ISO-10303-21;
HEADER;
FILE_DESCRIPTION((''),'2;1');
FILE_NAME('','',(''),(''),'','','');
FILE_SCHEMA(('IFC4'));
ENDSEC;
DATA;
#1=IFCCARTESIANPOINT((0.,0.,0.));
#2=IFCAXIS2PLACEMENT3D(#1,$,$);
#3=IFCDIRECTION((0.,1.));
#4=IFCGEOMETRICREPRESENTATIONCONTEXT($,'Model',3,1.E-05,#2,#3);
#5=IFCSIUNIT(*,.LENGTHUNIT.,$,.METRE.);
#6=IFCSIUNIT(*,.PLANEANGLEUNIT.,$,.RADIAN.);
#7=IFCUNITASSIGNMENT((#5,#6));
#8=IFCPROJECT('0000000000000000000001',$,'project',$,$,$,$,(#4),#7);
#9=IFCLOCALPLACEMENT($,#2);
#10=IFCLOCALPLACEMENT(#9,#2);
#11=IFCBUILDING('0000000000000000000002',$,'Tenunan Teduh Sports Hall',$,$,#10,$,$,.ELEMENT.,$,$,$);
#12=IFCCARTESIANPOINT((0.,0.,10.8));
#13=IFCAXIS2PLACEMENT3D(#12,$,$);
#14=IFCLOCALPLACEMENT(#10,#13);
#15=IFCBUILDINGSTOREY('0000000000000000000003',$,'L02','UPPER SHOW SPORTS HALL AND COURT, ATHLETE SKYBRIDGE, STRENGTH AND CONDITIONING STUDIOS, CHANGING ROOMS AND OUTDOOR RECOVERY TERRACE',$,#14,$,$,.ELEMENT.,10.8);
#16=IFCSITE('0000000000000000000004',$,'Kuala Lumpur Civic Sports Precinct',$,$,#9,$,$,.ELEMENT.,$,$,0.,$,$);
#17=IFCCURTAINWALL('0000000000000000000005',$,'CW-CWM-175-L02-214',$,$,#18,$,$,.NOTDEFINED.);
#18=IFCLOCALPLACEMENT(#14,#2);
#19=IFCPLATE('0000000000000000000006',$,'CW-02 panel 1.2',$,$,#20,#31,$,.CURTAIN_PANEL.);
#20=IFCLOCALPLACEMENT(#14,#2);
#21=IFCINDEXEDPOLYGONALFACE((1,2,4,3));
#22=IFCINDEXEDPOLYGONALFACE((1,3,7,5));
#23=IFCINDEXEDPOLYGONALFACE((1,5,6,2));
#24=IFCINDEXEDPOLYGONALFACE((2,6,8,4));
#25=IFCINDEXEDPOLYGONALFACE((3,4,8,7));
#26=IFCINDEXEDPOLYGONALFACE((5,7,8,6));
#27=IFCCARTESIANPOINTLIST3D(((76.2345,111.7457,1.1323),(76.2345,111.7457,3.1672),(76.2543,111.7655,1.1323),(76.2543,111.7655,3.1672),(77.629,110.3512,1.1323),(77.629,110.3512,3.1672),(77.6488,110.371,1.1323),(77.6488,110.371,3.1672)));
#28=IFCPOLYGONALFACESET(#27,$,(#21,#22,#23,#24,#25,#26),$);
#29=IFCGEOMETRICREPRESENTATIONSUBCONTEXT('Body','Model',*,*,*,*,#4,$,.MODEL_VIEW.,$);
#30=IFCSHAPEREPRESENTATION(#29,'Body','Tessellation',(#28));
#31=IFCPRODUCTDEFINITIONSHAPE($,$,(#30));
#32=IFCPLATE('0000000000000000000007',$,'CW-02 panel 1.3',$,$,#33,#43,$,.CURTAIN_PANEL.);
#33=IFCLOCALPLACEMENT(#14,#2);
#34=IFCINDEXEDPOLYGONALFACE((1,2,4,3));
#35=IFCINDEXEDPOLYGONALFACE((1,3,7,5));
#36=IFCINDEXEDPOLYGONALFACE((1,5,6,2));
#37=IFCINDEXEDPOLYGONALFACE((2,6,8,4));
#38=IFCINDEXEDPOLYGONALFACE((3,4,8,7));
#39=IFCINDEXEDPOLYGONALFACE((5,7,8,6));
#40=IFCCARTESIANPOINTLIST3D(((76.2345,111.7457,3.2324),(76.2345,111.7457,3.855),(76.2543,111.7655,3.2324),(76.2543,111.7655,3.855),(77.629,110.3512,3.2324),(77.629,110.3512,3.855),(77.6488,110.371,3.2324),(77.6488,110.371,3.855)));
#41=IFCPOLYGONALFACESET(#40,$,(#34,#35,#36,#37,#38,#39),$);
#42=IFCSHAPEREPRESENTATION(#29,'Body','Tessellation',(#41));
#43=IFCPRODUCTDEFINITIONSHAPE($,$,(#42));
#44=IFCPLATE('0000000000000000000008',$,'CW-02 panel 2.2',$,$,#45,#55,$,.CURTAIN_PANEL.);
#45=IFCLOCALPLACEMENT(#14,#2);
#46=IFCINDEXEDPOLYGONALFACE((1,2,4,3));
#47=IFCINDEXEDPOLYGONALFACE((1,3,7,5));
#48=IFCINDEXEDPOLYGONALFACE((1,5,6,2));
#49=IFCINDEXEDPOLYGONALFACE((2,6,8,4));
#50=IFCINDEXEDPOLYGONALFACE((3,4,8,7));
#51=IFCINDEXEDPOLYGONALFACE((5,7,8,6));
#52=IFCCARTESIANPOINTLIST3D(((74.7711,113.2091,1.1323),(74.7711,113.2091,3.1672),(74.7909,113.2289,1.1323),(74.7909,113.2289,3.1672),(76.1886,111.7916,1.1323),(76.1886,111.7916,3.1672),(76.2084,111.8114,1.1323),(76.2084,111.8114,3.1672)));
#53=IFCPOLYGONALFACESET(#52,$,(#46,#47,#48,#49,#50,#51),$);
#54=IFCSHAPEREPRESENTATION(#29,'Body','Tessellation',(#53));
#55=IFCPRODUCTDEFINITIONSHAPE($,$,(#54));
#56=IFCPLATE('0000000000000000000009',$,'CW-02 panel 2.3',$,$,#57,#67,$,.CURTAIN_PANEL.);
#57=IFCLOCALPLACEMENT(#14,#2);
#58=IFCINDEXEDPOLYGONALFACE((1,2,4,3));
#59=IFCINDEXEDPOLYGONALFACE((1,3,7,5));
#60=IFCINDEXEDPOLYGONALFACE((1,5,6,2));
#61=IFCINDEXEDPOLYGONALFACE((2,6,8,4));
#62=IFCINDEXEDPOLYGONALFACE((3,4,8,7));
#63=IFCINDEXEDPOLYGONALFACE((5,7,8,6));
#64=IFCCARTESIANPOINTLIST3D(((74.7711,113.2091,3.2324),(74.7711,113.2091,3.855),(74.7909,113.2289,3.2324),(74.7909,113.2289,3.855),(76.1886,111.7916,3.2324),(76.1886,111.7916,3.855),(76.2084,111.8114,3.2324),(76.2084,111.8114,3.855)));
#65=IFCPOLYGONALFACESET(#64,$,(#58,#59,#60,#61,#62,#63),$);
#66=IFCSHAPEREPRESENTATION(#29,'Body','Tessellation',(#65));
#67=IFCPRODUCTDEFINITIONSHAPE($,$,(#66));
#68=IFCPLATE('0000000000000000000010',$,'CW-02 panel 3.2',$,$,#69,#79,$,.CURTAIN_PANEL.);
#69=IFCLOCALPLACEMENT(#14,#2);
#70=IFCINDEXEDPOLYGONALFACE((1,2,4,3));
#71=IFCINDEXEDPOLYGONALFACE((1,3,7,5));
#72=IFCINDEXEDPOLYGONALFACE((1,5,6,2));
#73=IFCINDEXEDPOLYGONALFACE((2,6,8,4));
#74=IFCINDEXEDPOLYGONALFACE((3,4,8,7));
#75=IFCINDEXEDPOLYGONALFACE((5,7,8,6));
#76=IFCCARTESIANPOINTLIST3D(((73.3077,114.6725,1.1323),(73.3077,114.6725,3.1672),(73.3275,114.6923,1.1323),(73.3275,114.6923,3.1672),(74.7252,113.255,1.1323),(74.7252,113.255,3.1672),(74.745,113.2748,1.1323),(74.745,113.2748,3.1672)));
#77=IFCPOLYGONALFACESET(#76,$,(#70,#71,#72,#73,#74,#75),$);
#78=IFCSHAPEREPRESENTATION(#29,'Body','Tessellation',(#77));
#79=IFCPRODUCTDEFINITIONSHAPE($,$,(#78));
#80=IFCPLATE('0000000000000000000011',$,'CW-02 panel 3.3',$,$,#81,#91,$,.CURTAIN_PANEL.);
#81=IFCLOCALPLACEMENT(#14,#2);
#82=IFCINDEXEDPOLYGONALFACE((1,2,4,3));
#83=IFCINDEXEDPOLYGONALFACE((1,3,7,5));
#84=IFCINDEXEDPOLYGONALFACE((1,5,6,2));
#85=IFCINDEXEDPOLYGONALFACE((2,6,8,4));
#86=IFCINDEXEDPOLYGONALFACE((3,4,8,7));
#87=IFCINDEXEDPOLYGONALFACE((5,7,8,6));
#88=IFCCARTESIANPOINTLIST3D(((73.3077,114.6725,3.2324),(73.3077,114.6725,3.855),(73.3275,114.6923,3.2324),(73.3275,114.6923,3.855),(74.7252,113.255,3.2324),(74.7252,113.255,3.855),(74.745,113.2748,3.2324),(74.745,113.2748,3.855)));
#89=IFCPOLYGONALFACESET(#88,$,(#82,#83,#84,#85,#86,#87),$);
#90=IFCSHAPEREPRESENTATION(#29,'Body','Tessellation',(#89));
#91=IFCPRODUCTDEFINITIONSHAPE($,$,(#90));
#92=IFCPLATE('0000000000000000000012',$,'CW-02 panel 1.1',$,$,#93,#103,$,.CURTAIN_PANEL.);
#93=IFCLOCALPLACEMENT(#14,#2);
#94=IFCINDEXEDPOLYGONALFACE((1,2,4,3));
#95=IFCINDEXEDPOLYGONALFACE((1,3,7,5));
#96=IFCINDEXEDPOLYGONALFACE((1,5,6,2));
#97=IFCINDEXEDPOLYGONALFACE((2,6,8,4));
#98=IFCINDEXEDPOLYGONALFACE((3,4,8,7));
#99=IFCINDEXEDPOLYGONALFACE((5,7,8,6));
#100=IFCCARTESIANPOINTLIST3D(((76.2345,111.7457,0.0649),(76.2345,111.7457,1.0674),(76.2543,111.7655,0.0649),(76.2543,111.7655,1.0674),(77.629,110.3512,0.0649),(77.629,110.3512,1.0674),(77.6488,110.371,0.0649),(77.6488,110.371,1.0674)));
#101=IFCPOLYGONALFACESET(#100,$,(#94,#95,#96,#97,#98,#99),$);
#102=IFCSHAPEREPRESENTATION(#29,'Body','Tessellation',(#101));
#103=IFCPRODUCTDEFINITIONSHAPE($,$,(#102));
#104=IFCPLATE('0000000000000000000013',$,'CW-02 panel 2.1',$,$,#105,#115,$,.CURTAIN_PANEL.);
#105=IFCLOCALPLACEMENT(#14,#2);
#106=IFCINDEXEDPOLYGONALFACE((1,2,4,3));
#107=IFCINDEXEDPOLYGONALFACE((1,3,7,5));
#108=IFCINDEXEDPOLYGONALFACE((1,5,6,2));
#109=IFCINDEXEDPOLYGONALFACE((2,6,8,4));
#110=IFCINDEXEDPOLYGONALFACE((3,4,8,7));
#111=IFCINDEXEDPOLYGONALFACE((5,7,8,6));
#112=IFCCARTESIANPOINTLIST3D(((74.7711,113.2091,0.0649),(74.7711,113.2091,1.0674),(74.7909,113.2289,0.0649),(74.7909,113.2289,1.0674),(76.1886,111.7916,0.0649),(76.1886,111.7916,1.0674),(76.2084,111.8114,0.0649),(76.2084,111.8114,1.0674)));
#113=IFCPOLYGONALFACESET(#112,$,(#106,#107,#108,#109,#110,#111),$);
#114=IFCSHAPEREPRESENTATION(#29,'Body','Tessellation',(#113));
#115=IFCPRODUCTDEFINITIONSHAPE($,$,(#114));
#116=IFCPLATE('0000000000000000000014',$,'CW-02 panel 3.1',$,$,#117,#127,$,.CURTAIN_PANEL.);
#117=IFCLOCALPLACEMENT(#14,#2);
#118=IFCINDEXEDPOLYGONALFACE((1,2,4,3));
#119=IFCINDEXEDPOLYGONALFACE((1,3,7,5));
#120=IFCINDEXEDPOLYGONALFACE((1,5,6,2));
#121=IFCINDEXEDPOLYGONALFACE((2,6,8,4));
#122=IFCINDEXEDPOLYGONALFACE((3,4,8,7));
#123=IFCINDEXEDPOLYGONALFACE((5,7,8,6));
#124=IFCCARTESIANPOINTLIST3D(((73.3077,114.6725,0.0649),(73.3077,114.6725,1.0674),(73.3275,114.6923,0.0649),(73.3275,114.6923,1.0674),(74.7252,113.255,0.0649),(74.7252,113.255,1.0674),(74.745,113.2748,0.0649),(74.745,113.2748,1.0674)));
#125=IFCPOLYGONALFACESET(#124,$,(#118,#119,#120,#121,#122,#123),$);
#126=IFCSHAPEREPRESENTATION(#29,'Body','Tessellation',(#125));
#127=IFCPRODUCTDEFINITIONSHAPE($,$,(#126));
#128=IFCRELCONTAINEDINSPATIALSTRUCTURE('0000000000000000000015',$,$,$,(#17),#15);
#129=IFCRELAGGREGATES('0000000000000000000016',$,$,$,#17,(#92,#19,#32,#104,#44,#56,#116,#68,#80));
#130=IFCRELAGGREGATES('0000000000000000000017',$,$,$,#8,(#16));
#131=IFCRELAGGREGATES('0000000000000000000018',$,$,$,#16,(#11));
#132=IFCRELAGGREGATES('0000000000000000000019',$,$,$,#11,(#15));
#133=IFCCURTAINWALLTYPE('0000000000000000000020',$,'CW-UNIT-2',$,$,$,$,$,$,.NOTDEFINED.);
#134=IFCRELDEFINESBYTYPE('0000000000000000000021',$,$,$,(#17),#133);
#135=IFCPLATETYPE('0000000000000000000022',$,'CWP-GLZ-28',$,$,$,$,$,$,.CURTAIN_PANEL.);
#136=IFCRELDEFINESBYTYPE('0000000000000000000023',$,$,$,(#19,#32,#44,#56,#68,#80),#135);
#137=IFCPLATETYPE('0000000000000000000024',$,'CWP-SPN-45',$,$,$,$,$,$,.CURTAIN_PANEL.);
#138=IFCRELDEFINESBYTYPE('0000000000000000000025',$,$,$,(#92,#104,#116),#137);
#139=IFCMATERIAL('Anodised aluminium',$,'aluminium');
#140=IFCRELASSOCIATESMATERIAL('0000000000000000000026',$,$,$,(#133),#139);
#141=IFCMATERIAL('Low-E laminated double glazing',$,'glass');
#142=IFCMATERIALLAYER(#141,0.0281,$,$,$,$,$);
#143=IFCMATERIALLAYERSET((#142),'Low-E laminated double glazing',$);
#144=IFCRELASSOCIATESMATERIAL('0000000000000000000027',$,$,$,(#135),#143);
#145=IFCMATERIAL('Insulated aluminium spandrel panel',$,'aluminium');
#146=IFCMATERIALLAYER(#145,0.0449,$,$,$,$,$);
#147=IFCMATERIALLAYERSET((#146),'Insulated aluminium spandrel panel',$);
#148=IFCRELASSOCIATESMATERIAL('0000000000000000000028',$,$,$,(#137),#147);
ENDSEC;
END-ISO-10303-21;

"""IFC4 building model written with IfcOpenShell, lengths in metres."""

from ifc_helpers import new_model, si_unit, direction, frame, origin, origin_2d, place, context, subcontext, project, spatial, rectangle, extrude, material, layer, layer_set, type_object, element, aggregate, save


model = new_model("IFC4")

# Units and contexts
model_context = context("Model", 3, precision=1e-05, world=origin(), true_north=direction((0.0, 1.0)))
body_context = subcontext(model_context, "Body", "Model", "MODEL_VIEW")
ifc_project = project(units=[si_unit("LENGTHUNIT", "METRE"), si_unit("PLANEANGLEUNIT", "RADIAN")], contexts=[model_context])

# Site, building, storey
site_placement = place(None, origin())
site = spatial("IfcSite", under=ifc_project, at=site_placement, Name="Kuala Lumpur Civic Sports Precinct", CompositionType="ELEMENT", RefElevation=0.0)
building_placement = place(site_placement, origin())
building = spatial("IfcBuilding", under=site, at=building_placement, Name="Tenunan Teduh Sports Hall", CompositionType="ELEMENT")
storey_placement = place(building_placement, frame((0.0, 0.0, 10.8)))
storey = spatial("IfcBuildingStorey", under=building, at=storey_placement, Name="L02", Description="UPPER SHOW SPORTS HALL AND COURT, ATHLETE SKYBRIDGE, STRENGTH AND CONDITIONING STUDIOS, CHANGING ROOMS AND OUTDOOR RECOVERY TERRACE", CompositionType="ELEMENT", Elevation=10.8)

# Curtain wall, plates
ifc_material_1 = material(Name="Anodised aluminium", Category="aluminium")
curtain_wall_type = type_object("IfcCurtainWallType", Name="CW-UNIT-2", PredefinedType="NOTDEFINED", material=ifc_material_1)
curtain_wall_placement = place(storey_placement, origin())
curtain_wall = element("IfcCurtainWall", 1, at=curtain_wall_placement, inside=storey, type_object=curtain_wall_type, Name="CW-CWM-175-L02-214", PredefinedType="NOTDEFINED")
ifc_material_2 = material(Name="Low-E laminated double glazing", Category="glass")
ifc_layer_1 = layer(ifc_material_2, 0.0281)
ifc_layer_set_1 = layer_set([ifc_layer_1], Name="Low-E laminated double glazing")
plate_type_1 = type_object("IfcPlateType", Name="CWP-GLZ-28", PredefinedType="CURTAIN_PANEL", material=ifc_layer_set_1)
plate_1_placement = place(storey_placement, frame((76.9417, 111.0583, 1.1323), z_axis=(0.0, 0.0, 1.0), x_axis=(-0.707107, 0.707107, 0.0)))
plate_1 = element("IfcPlate", 2, at=plate_1_placement, type_object=plate_type_1, Name="CW-02 panel 1.2", PredefinedType="CURTAIN_PANEL", context=body_context, shape_type="SweptSolid", body=[
    extrude(rectangle(XDim=1.9722, YDim=0.0281, at=origin_2d()), origin(), (0.0, 0.0, 1.0), 2.0349),
])
plate_2_placement = place(storey_placement, frame((76.9417, 111.0583, 3.2324), z_axis=(0.0, 0.0, 1.0), x_axis=(-0.707107, 0.707107, 0.0)))
plate_2 = element("IfcPlate", 3, at=plate_2_placement, type_object=plate_type_1, Name="CW-02 panel 1.3", PredefinedType="CURTAIN_PANEL", context=body_context, shape_type="SweptSolid", body=[
    extrude(rectangle(XDim=1.9722, YDim=0.0281, at=origin_2d()), origin(), (0.0, 0.0, 1.0), 0.6226),
])
plate_3_placement = place(storey_placement, frame((75.4897, 112.5103, 1.1323), z_axis=(0.0, 0.0, 1.0), x_axis=(-0.707107, 0.707107, 0.0)))
plate_3 = element("IfcPlate", 4, at=plate_3_placement, type_object=plate_type_1, Name="CW-02 panel 2.2", PredefinedType="CURTAIN_PANEL", context=body_context, shape_type="SweptSolid", body=[
    extrude(rectangle(XDim=2.0046, YDim=0.0281, at=origin_2d()), origin(), (0.0, 0.0, 1.0), 2.0349),
])
plate_4_placement = place(storey_placement, frame((75.4897, 112.5103, 3.2324), z_axis=(0.0, 0.0, 1.0), x_axis=(-0.707107, 0.707107, 0.0)))
plate_4 = element("IfcPlate", 5, at=plate_4_placement, type_object=plate_type_1, Name="CW-02 panel 2.3", PredefinedType="CURTAIN_PANEL", context=body_context, shape_type="SweptSolid", body=[
    extrude(rectangle(XDim=2.0046, YDim=0.0281, at=origin_2d()), origin(), (0.0, 0.0, 1.0), 0.6226),
])
plate_5_placement = place(storey_placement, frame((74.0264, 113.9736, 1.1323), z_axis=(0.0, 0.0, 1.0), x_axis=(-0.707107, 0.707107, 0.0)))
plate_5 = element("IfcPlate", 6, at=plate_5_placement, type_object=plate_type_1, Name="CW-02 panel 3.2", PredefinedType="CURTAIN_PANEL", context=body_context, shape_type="SweptSolid", body=[
    extrude(rectangle(XDim=2.0046, YDim=0.0281, at=origin_2d()), origin(), (0.0, 0.0, 1.0), 2.0349),
])
plate_6_placement = place(storey_placement, frame((74.0264, 113.9736, 3.2324), z_axis=(0.0, 0.0, 1.0), x_axis=(-0.707107, 0.707107, 0.0)))
plate_6 = element("IfcPlate", 7, at=plate_6_placement, type_object=plate_type_1, Name="CW-02 panel 3.3", PredefinedType="CURTAIN_PANEL", context=body_context, shape_type="SweptSolid", body=[
    extrude(rectangle(XDim=2.0046, YDim=0.0281, at=origin_2d()), origin(), (0.0, 0.0, 1.0), 0.6226),
])
ifc_material_3 = material(Name="Insulated aluminium spandrel panel", Category="aluminium")
ifc_layer_2 = layer(ifc_material_3, 0.0449)
ifc_layer_set_2 = layer_set([ifc_layer_2], Name="Insulated aluminium spandrel panel")
plate_type_2 = type_object("IfcPlateType", Name="CWP-SPN-45", PredefinedType="CURTAIN_PANEL", material=ifc_layer_set_2)
plate_7_placement = place(storey_placement, frame((76.9417, 111.0583, 0.0649), z_axis=(0.0, 0.0, 1.0), x_axis=(-0.707107, 0.707107, 0.0)))
plate_7 = element("IfcPlate", 8, at=plate_7_placement, type_object=plate_type_2, Name="CW-02 panel 1.1", PredefinedType="CURTAIN_PANEL", context=body_context, shape_type="SweptSolid", body=[
    extrude(rectangle(XDim=1.9722, YDim=0.0281, at=origin_2d()), origin(), (0.0, 0.0, 1.0), 1.0024),
])
plate_8_placement = place(storey_placement, frame((75.4897, 112.5103, 0.0649), z_axis=(0.0, 0.0, 1.0), x_axis=(-0.707107, 0.707107, 0.0)))
plate_8 = element("IfcPlate", 9, at=plate_8_placement, type_object=plate_type_2, Name="CW-02 panel 2.1", PredefinedType="CURTAIN_PANEL", context=body_context, shape_type="SweptSolid", body=[
    extrude(rectangle(XDim=2.0046, YDim=0.0281, at=origin_2d()), origin(), (0.0, 0.0, 1.0), 1.0024),
])
plate_9_placement = place(storey_placement, frame((74.0264, 113.9736, 0.0649), z_axis=(0.0, 0.0, 1.0), x_axis=(-0.707107, 0.707107, 0.0)))
plate_9 = element("IfcPlate", 10, at=plate_9_placement, type_object=plate_type_2, Name="CW-02 panel 3.1", PredefinedType="CURTAIN_PANEL", context=body_context, shape_type="SweptSolid", body=[
    extrude(rectangle(XDim=2.0046, YDim=0.0281, at=origin_2d()), origin(), (0.0, 0.0, 1.0), 1.0024),
])
aggregate(curtain_wall, [plate_7, plate_1, plate_2, plate_8, plate_3, plate_4, plate_9, plate_5, plate_6])

save(model, "model.ifc")
